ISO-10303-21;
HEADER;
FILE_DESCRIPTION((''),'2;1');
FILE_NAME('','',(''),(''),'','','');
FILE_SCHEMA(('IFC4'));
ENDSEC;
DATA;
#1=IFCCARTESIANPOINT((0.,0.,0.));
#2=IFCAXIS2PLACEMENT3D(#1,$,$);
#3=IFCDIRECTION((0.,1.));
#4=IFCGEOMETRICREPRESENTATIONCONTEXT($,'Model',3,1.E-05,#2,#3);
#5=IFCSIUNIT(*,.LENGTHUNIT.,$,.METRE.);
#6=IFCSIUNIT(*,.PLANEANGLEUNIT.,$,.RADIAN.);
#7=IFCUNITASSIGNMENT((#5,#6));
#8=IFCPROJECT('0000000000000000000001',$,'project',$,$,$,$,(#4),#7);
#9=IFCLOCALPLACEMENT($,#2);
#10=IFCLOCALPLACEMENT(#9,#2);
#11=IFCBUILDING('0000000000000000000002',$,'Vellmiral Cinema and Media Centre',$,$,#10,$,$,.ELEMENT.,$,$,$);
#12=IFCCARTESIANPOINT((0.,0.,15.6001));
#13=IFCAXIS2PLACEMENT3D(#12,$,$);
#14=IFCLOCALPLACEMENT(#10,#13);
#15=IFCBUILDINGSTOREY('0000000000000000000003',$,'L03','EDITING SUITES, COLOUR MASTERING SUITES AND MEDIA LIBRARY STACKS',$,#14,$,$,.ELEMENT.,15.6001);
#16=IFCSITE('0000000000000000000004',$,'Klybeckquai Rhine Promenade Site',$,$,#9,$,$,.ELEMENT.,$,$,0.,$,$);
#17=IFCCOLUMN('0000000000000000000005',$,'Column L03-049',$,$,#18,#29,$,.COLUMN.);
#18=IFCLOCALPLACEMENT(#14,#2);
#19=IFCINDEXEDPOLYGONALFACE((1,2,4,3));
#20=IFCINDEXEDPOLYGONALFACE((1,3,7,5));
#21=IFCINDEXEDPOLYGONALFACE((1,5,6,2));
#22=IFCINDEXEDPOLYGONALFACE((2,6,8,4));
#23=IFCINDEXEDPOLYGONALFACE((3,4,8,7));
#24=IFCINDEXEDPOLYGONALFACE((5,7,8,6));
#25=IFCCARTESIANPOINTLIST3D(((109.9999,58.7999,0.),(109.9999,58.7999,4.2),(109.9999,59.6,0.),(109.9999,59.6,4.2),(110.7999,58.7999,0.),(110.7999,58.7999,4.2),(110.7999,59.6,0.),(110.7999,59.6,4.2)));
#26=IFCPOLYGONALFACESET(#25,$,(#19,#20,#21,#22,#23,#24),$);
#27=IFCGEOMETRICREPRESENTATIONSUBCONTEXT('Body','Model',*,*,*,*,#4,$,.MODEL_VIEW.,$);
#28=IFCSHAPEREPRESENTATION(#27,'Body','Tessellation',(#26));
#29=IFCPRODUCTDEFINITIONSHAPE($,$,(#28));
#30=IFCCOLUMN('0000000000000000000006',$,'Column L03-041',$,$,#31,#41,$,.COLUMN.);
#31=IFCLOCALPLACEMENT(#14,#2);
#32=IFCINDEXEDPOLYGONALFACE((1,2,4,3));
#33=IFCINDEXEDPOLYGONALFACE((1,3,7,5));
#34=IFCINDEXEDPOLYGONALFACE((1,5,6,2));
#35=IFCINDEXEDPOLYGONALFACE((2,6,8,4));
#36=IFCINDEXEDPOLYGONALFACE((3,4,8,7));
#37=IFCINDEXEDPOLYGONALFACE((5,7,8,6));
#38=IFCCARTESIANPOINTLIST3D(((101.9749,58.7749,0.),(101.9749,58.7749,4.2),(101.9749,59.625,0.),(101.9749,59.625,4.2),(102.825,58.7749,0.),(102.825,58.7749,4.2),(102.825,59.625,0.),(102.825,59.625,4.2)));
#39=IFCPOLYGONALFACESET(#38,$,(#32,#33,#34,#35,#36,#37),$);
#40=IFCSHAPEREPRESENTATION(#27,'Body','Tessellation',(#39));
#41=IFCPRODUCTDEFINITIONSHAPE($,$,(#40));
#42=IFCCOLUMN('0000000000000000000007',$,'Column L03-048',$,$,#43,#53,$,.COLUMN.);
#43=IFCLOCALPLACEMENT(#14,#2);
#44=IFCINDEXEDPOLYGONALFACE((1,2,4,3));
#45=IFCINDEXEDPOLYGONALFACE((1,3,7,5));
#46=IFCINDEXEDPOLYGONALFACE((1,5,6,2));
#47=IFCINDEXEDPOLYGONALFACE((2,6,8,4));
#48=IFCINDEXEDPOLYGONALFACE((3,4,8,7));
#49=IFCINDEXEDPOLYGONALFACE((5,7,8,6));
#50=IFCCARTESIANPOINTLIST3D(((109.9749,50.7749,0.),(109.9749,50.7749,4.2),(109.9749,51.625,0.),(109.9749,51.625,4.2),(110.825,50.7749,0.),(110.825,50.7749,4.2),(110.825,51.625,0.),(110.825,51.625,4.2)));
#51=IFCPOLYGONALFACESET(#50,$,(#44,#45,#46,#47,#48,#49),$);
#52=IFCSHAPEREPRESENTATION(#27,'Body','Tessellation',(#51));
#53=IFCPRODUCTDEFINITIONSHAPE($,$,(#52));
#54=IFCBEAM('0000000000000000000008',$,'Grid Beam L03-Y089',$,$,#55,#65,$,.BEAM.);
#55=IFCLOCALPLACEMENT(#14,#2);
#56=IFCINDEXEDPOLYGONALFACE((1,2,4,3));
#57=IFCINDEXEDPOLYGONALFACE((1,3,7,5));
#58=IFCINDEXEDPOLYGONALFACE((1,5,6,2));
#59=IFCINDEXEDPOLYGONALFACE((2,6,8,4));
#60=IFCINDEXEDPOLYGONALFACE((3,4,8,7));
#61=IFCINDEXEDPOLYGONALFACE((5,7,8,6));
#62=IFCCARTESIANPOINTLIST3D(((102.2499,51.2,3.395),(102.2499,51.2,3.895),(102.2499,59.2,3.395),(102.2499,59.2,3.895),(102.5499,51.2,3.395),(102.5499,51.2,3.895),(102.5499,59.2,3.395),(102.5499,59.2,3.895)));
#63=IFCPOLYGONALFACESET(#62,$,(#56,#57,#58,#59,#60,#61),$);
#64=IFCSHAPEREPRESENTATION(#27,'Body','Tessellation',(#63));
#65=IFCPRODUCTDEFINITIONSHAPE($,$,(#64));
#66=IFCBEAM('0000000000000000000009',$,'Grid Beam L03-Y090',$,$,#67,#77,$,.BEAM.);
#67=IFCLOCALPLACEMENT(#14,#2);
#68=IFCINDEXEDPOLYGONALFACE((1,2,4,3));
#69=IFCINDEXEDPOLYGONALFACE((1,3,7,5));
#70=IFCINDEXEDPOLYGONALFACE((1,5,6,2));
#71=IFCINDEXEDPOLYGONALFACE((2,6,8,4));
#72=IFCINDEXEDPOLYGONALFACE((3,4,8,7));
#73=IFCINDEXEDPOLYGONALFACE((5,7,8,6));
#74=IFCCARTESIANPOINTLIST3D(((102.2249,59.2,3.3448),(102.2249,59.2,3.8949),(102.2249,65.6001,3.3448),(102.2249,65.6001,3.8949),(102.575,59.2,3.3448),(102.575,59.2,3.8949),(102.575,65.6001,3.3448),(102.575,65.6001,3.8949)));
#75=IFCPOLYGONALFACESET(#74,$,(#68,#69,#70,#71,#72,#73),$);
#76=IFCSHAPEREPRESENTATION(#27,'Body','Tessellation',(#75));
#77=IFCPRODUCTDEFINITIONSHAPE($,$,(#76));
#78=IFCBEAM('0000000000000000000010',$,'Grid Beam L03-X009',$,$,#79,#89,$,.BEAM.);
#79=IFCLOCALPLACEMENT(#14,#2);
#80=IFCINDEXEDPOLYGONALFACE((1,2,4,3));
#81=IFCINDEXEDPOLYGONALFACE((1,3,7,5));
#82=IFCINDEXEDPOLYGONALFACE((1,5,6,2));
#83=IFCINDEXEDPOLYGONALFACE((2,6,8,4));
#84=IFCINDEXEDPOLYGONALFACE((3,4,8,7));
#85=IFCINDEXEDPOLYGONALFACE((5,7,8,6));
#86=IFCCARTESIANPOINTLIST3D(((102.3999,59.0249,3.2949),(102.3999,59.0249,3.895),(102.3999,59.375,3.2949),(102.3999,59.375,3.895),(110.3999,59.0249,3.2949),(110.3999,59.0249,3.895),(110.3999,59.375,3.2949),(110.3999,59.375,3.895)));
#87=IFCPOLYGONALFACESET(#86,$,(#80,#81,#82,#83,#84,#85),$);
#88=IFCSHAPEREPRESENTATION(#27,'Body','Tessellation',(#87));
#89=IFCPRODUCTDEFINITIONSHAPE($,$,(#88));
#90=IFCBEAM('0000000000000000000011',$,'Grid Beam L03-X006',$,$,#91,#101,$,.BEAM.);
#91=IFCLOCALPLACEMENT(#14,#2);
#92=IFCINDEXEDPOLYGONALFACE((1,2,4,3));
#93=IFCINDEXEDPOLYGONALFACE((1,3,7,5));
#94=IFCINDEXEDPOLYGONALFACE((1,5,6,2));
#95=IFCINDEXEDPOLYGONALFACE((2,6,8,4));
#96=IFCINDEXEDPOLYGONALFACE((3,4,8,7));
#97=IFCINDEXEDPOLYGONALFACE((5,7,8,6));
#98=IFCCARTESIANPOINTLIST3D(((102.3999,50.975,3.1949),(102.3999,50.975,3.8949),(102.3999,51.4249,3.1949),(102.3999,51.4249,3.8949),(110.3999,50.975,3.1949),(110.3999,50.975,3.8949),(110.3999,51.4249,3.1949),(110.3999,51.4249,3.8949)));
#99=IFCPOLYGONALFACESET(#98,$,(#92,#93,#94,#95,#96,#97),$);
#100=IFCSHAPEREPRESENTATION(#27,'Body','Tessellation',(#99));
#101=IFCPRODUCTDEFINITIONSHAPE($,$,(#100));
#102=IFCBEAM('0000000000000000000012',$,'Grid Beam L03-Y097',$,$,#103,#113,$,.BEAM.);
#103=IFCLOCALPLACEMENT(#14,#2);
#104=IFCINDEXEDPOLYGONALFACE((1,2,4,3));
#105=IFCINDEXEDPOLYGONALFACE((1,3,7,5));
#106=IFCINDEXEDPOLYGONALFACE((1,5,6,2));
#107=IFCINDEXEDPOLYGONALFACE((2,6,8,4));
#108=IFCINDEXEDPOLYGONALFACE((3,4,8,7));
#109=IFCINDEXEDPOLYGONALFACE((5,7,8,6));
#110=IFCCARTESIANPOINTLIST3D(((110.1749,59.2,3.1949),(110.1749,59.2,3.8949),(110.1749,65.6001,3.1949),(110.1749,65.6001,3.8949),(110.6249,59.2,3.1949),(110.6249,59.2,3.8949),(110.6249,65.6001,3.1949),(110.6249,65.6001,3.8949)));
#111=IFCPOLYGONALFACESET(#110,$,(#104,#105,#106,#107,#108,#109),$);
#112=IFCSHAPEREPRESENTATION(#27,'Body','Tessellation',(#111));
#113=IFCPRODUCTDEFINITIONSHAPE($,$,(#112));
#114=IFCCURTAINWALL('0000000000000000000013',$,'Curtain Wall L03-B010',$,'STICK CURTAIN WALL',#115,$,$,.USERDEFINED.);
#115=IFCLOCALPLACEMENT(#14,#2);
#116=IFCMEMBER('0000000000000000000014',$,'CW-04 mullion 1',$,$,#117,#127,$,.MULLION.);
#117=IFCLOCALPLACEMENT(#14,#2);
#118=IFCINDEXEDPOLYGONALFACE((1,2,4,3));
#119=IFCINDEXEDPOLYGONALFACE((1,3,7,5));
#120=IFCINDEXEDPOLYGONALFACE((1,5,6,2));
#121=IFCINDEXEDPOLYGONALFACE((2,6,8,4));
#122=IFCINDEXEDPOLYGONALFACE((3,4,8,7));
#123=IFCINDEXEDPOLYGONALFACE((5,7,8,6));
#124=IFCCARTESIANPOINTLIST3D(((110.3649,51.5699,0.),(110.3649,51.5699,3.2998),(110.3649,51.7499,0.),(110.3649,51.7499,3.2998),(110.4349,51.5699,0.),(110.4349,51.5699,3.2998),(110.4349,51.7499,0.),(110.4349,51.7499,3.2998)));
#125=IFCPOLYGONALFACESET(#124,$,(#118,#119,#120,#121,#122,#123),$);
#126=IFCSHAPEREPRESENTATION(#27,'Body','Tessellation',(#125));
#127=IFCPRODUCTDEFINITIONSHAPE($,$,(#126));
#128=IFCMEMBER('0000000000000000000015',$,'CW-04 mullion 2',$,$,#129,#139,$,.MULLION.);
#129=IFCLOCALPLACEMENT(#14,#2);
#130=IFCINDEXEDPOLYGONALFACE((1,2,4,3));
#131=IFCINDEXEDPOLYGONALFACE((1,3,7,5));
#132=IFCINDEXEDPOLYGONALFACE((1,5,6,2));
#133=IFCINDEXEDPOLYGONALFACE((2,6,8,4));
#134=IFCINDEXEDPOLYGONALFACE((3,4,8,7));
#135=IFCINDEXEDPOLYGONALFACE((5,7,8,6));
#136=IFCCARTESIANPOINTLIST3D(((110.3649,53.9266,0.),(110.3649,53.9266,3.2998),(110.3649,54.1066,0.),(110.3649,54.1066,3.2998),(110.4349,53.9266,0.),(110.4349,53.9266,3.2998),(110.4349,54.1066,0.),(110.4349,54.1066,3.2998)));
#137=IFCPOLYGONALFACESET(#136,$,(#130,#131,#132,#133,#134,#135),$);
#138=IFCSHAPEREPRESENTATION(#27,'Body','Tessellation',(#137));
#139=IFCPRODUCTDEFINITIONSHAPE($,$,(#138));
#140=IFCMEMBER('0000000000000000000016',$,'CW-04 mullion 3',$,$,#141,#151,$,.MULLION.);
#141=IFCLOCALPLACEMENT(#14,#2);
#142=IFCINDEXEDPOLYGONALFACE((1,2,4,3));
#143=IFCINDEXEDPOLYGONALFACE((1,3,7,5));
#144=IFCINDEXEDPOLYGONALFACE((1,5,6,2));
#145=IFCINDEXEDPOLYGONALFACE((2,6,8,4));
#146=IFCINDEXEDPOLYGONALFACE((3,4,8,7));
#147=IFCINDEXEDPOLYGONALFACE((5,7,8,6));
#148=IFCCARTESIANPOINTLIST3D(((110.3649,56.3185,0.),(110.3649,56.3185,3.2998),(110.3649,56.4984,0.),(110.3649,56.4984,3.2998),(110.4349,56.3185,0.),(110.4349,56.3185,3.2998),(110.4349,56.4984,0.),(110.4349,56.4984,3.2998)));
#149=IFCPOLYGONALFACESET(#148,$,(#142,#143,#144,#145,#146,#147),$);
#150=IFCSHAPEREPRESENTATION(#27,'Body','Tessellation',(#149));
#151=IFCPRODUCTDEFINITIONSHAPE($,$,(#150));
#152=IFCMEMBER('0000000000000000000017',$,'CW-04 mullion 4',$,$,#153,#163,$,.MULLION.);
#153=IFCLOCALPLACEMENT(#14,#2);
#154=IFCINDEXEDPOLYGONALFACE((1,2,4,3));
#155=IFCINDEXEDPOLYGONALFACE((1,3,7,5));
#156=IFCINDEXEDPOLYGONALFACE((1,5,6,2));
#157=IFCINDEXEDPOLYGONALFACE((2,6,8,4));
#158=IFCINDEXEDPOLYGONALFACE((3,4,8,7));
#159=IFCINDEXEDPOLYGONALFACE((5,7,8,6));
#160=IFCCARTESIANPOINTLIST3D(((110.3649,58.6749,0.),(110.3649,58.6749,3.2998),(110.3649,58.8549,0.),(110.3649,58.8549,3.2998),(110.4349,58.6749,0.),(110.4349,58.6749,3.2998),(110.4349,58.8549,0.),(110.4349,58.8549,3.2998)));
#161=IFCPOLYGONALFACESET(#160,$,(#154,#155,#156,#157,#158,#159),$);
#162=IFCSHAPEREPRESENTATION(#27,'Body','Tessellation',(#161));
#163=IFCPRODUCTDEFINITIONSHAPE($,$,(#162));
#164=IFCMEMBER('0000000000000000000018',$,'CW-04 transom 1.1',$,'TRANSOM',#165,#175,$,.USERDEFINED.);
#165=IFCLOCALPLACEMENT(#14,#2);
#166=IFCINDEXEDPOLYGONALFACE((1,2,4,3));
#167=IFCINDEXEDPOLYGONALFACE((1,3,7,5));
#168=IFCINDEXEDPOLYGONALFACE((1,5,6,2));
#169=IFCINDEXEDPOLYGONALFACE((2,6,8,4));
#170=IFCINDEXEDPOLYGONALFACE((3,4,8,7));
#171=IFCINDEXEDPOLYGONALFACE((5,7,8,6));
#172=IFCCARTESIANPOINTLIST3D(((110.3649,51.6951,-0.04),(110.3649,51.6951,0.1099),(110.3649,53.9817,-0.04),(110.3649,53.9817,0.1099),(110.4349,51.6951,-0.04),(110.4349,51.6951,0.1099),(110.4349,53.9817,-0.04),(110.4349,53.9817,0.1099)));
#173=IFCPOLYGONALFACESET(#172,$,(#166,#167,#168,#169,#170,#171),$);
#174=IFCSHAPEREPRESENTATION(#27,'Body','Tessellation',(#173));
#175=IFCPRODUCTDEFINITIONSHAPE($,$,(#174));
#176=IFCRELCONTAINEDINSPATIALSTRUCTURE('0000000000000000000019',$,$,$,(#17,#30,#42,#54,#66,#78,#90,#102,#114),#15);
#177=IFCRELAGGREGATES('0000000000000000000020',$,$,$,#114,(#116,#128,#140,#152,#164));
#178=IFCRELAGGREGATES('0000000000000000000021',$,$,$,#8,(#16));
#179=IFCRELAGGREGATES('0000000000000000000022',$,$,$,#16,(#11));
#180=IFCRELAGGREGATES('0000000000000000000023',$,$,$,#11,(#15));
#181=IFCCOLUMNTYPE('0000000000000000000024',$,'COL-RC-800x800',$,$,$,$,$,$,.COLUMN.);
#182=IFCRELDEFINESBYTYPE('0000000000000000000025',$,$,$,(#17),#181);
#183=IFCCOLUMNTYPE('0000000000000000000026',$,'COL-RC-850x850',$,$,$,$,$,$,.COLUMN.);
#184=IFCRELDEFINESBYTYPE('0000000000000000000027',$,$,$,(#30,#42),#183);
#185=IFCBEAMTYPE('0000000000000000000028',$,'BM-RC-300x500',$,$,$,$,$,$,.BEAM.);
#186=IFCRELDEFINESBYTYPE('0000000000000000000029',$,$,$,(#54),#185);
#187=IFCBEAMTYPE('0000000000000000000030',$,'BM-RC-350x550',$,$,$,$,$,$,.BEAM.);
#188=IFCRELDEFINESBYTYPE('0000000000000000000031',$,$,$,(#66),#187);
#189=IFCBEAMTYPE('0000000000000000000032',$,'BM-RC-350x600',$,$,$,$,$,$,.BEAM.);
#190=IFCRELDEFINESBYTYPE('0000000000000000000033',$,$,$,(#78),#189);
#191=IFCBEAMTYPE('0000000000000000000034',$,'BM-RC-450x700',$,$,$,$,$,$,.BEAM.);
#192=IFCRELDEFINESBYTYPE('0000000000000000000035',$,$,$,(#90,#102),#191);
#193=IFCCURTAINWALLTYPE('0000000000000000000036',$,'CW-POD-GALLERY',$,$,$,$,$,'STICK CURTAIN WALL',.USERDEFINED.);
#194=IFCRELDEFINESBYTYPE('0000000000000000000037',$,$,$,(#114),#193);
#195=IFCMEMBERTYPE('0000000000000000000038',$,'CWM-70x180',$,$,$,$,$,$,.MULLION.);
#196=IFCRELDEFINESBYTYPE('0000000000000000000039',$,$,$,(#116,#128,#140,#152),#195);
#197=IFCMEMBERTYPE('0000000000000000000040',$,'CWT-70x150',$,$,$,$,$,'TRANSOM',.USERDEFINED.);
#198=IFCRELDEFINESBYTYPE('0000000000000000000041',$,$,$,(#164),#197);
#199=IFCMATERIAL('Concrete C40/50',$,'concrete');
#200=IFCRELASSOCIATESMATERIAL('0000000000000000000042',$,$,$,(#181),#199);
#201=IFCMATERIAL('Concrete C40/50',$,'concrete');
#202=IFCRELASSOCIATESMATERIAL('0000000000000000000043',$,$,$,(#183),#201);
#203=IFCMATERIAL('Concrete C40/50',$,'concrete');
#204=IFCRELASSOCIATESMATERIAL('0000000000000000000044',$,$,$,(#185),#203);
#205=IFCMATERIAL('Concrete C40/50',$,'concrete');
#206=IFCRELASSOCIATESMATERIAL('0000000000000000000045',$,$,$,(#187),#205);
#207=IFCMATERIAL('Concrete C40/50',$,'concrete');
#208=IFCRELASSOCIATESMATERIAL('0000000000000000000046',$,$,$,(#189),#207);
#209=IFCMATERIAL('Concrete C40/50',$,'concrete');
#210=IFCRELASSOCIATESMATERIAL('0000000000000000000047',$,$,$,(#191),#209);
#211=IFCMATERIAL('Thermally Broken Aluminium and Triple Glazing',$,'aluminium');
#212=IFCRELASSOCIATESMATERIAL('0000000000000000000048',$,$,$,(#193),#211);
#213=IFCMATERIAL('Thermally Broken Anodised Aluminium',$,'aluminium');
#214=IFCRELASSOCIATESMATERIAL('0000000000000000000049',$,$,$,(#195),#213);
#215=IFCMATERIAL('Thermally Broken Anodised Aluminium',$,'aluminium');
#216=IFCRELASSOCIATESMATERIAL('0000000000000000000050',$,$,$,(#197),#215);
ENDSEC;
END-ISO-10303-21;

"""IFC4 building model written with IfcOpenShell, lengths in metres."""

from ifc_helpers import new_model, si_unit, direction, frame, origin, origin_2d, place, context, subcontext, project, spatial, rectangle, extrude, material, material_profile, profile_set, type_object, element, aggregate, save


model = new_model("IFC4")

# Units and contexts
model_context = context("Model", 3, precision=1e-05, world=origin(), true_north=direction((0.0, 1.0)))
body_context = subcontext(model_context, "Body", "Model", "MODEL_VIEW")
ifc_project = project(units=[si_unit("LENGTHUNIT", "METRE"), si_unit("PLANEANGLEUNIT", "RADIAN")], contexts=[model_context])

# Site, building, storey
site_placement = place(None, origin())
site = spatial("IfcSite", under=ifc_project, at=site_placement, Name="Klybeckquai Rhine Promenade Site", CompositionType="ELEMENT", RefElevation=0.0)
building_placement = place(site_placement, origin())
building = spatial("IfcBuilding", under=site, at=building_placement, Name="Vellmiral Cinema and Media Centre", CompositionType="ELEMENT")
storey_placement = place(building_placement, frame((0.0, 0.0, 15.6001)))
storey = spatial("IfcBuildingStorey", under=building, at=storey_placement, Name="L03", Description="EDITING SUITES, COLOUR MASTERING SUITES AND MEDIA LIBRARY STACKS", CompositionType="ELEMENT", Elevation=15.6001)

# Columns
ifc_material_1 = material(Name="Concrete C40/50", Category="concrete")
ifc_material_profile_1 = material_profile(ifc_material_1, rectangle(XDim=0.8, YDim=0.8, at=origin_2d()), Name="RC 800x800")
ifc_profile_set_1 = profile_set([ifc_material_profile_1], Name="Concrete C40/50")
column_type_1 = type_object("IfcColumnType", Name="COL-RC-800x800", PredefinedType="COLUMN", material=ifc_profile_set_1)
column_placement = place(storey_placement, frame((110.3999, 59.2, 0.0), z_axis=(0.0, 0.0, 1.0), x_axis=(1.0, 0.0, 0.0)))
element("IfcColumn", 1, at=column_placement, inside=storey, type_object=column_type_1, Name="Column L03-049", PredefinedType="COLUMN", context=body_context, shape_type="SweptSolid", body=[
    extrude(rectangle(XDim=0.8, YDim=0.8, at=origin_2d()), origin(), (0.0, 0.0, 1.0), 4.2),
])
ifc_material_2 = material(Name="Concrete C40/50", Category="concrete")
ifc_material_profile_2 = material_profile(ifc_material_2, rectangle(XDim=0.8501, YDim=0.8501, at=origin_2d()), Name="RC 850x850")
ifc_profile_set_2 = profile_set([ifc_material_profile_2], Name="Concrete C40/50")
column_type_2 = type_object("IfcColumnType", Name="COL-RC-850x850", PredefinedType="COLUMN", material=ifc_profile_set_2)
for number, where, z_axis, x_axis, name in (
    (2, (102.3999, 59.2, 0.0), (0.0, 0.0, 1.0), (1.0, 0.0, 0.0), "Column L03-041"),
    (3, (110.3999, 51.2, 0.0), (0.0, 0.0, 1.0), (1.0, 0.0, 0.0), "Column L03-048"),
):
    element("IfcColumn", number, at=place(storey_placement, frame(where, z_axis=z_axis, x_axis=x_axis)), inside=storey, type_object=column_type_2, Name=name, PredefinedType="COLUMN", context=body_context, shape_type="SweptSolid", body=[
        extrude(rectangle(XDim=0.8501, YDim=0.8501, at=origin_2d()), origin(), (0.0, 0.0, 1.0), 4.2),
    ])

# Beams
ifc_material_3 = material(Name="Concrete C40/50", Category="concrete")
ifc_material_profile_3 = material_profile(ifc_material_3, rectangle(XDim=0.3, YDim=0.5, at=origin_2d()), Name="RC 300x500")
ifc_profile_set_3 = profile_set([ifc_material_profile_3], Name="Concrete C40/50")
beam_type_1 = type_object("IfcBeamType", Name="BM-RC-300x500", PredefinedType="BEAM", material=ifc_profile_set_3)
beam_1_placement = place(storey_placement, frame((102.3999, 51.2, 3.645), z_axis=(0.0, 1.0, 0.0), x_axis=(-1.0, 0.0, 0.0)))
element("IfcBeam", 4, at=beam_1_placement, inside=storey, type_object=beam_type_1, Name="Grid Beam L03-Y089", PredefinedType="BEAM", context=body_context, shape_type="SweptSolid", body=[
    extrude(rectangle(XDim=0.3, YDim=0.5, at=origin_2d()), origin(), (0.0, 0.0, 1.0), 8.0),
])
ifc_material_4 = material(Name="Concrete C40/50", Category="concrete")
ifc_material_profile_4 = material_profile(ifc_material_4, rectangle(XDim=0.3501, YDim=0.55, at=origin_2d()), Name="RC 350x550")
ifc_profile_set_4 = profile_set([ifc_material_profile_4], Name="Concrete C40/50")
beam_type_2 = type_object("IfcBeamType", Name="BM-RC-350x550", PredefinedType="BEAM", material=ifc_profile_set_4)
beam_2_placement = place(storey_placement, frame((102.3999, 59.2, 3.6199), z_axis=(0.0, 1.0, 0.0), x_axis=(-1.0, 0.0, 0.0)))
element("IfcBeam", 5, at=beam_2_placement, inside=storey, type_object=beam_type_2, Name="Grid Beam L03-Y090", PredefinedType="BEAM", context=body_context, shape_type="SweptSolid", body=[
    extrude(rectangle(XDim=0.3501, YDim=0.55, at=origin_2d()), origin(), (0.0, 0.0, 1.0), 6.4001),
])
ifc_material_5 = material(Name="Concrete C40/50", Category="concrete")
ifc_material_profile_5 = material_profile(ifc_material_5, rectangle(XDim=0.3501, YDim=0.6001, at=origin_2d()), Name="RC 350x600")
ifc_profile_set_5 = profile_set([ifc_material_profile_5], Name="Concrete C40/50")
beam_type_3 = type_object("IfcBeamType", Name="BM-RC-350x600", PredefinedType="BEAM", material=ifc_profile_set_5)
beam_3_placement = place(storey_placement, frame((102.3999, 59.2, 3.595), z_axis=(1.0, 0.0, 0.0), x_axis=(0.0, 1.0, 0.0)))
element("IfcBeam", 6, at=beam_3_placement, inside=storey, type_object=beam_type_3, Name="Grid Beam L03-X009", PredefinedType="BEAM", context=body_context, shape_type="SweptSolid", body=[
    extrude(rectangle(XDim=0.3501, YDim=0.6001, at=origin_2d()), origin(), (0.0, 0.0, 1.0), 8.0),
])
ifc_material_6 = material(Name="Concrete C40/50", Category="concrete")
ifc_material_profile_6 = material_profile(ifc_material_6, rectangle(XDim=0.45, YDim=0.7, at=origin_2d()), Name="RC 450x700")
ifc_profile_set_6 = profile_set([ifc_material_profile_6], Name="Concrete C40/50")
beam_type_4 = type_object("IfcBeamType", Name="BM-RC-450x700", PredefinedType="BEAM", material=ifc_profile_set_6)
beam_4_placement = place(storey_placement, frame((102.3999, 51.2, 3.5449), z_axis=(1.0, 0.0, 0.0), x_axis=(0.0, 1.0, 0.0)))
element("IfcBeam", 7, at=beam_4_placement, inside=storey, type_object=beam_type_4, Name="Grid Beam L03-X006", PredefinedType="BEAM", context=body_context, shape_type="SweptSolid", body=[
    extrude(rectangle(XDim=0.45, YDim=0.7, at=origin_2d()), origin(), (0.0, 0.0, 1.0), 8.0),
])
beam_5_placement = place(storey_placement, frame((110.3999, 59.2, 3.5449), z_axis=(0.0, 1.0, 0.0), x_axis=(-1.0, 0.0, 0.0)))
element("IfcBeam", 8, at=beam_5_placement, inside=storey, type_object=beam_type_4, Name="Grid Beam L03-Y097", PredefinedType="BEAM", context=body_context, shape_type="SweptSolid", body=[
    extrude(rectangle(XDim=0.45, YDim=0.7, at=origin_2d()), origin(), (0.0, 0.0, 1.0), 6.4001),
])

# Curtain wall, members
ifc_material_7 = material(Name="Thermally Broken Aluminium and Triple Glazing", Category="aluminium")
curtain_wall_type = type_object("IfcCurtainWallType", Name="CW-POD-GALLERY", ElementType="STICK CURTAIN WALL", PredefinedType="USERDEFINED", material=ifc_material_7)
curtain_wall_placement = place(storey_placement, origin())
curtain_wall = element("IfcCurtainWall", 9, at=curtain_wall_placement, inside=storey, type_object=curtain_wall_type, Name="Curtain Wall L03-B010", ObjectType="STICK CURTAIN WALL", PredefinedType="USERDEFINED")
ifc_material_8 = material(Name="Thermally Broken Anodised Aluminium", Category="aluminium")
ifc_material_profile_7 = material_profile(ifc_material_8, rectangle(XDim=0.0701, YDim=0.1799, at=origin_2d()), Name="MULL 70x180")
ifc_profile_set_7 = profile_set([ifc_material_profile_7], Name="Thermally Broken Anodised Aluminium")
member_type_1 = type_object("IfcMemberType", Name="CWM-70x180", PredefinedType="MULLION", material=ifc_profile_set_7)
member_1_placement = place(storey_placement, frame((110.3999, 51.6599, 0.0), z_axis=(0.0, 0.0, 1.0), x_axis=(-1.0, 0.0, 0.0)))
member_1 = element("IfcMember", 10, at=member_1_placement, type_object=member_type_1, Name="CW-04 mullion 1", PredefinedType="MULLION", context=body_context, shape_type="SweptSolid", body=[
    extrude(rectangle(XDim=0.0701, YDim=0.1799, at=origin_2d()), origin(), (0.0, 0.0, 1.0), 3.2998),
])
member_2_placement = place(storey_placement, frame((110.3999, 54.0166, 0.0), z_axis=(0.0, 0.0, 1.0), x_axis=(-1.0, 0.0, 0.0)))
member_2 = element("IfcMember", 11, at=member_2_placement, type_object=member_type_1, Name="CW-04 mullion 2", PredefinedType="MULLION", context=body_context, shape_type="SweptSolid", body=[
    extrude(rectangle(XDim=0.0701, YDim=0.1799, at=origin_2d()), origin(), (0.0, 0.0, 1.0), 3.2998),
])
member_3_placement = place(storey_placement, frame((110.3999, 56.4084, 0.0), z_axis=(0.0, 0.0, 1.0), x_axis=(-1.0, 0.0, 0.0)))
member_3 = element("IfcMember", 12, at=member_3_placement, type_object=member_type_1, Name="CW-04 mullion 3", PredefinedType="MULLION", context=body_context, shape_type="SweptSolid", body=[
    extrude(rectangle(XDim=0.0701, YDim=0.1799, at=origin_2d()), origin(), (0.0, 0.0, 1.0), 3.2998),
])
member_4_placement = place(storey_placement, frame((110.3999, 58.7649, 0.0), z_axis=(0.0, 0.0, 1.0), x_axis=(-1.0, 0.0, 0.0)))
member_4 = element("IfcMember", 13, at=member_4_placement, type_object=member_type_1, Name="CW-04 mullion 4", PredefinedType="MULLION", context=body_context, shape_type="SweptSolid", body=[
    extrude(rectangle(XDim=0.0701, YDim=0.1799, at=origin_2d()), origin(), (0.0, 0.0, 1.0), 3.2998),
])
ifc_material_9 = material(Name="Thermally Broken Anodised Aluminium", Category="aluminium")
ifc_material_profile_8 = material_profile(ifc_material_9, rectangle(XDim=0.0701, YDim=0.1499, at=origin_2d()), Name="MULL 70x150")
ifc_profile_set_8 = profile_set([ifc_material_profile_8], Name="Thermally Broken Anodised Aluminium")
member_type_2 = type_object("IfcMemberType", Name="CWT-70x150", ElementType="TRANSOM", PredefinedType="USERDEFINED", material=ifc_profile_set_8)
member_5_placement = place(storey_placement, frame((110.3999, 51.6951, 0.0349), z_axis=(0.0, 1.0, 0.0), x_axis=(-1.0, 0.0, 0.0)))
member_5 = element("IfcMember", 14, at=member_5_placement, type_object=member_type_2, Name="CW-04 transom 1.1", ObjectType="TRANSOM", PredefinedType="USERDEFINED", context=body_context, shape_type="SweptSolid", body=[
    extrude(rectangle(XDim=0.0701, YDim=0.1499, at=origin_2d()), origin(), (0.0, 0.0, 1.0), 2.2866),
])

aggregate(curtain_wall, [member_1, member_2, member_3, member_4, member_5])

save(model, "model.ifc")
